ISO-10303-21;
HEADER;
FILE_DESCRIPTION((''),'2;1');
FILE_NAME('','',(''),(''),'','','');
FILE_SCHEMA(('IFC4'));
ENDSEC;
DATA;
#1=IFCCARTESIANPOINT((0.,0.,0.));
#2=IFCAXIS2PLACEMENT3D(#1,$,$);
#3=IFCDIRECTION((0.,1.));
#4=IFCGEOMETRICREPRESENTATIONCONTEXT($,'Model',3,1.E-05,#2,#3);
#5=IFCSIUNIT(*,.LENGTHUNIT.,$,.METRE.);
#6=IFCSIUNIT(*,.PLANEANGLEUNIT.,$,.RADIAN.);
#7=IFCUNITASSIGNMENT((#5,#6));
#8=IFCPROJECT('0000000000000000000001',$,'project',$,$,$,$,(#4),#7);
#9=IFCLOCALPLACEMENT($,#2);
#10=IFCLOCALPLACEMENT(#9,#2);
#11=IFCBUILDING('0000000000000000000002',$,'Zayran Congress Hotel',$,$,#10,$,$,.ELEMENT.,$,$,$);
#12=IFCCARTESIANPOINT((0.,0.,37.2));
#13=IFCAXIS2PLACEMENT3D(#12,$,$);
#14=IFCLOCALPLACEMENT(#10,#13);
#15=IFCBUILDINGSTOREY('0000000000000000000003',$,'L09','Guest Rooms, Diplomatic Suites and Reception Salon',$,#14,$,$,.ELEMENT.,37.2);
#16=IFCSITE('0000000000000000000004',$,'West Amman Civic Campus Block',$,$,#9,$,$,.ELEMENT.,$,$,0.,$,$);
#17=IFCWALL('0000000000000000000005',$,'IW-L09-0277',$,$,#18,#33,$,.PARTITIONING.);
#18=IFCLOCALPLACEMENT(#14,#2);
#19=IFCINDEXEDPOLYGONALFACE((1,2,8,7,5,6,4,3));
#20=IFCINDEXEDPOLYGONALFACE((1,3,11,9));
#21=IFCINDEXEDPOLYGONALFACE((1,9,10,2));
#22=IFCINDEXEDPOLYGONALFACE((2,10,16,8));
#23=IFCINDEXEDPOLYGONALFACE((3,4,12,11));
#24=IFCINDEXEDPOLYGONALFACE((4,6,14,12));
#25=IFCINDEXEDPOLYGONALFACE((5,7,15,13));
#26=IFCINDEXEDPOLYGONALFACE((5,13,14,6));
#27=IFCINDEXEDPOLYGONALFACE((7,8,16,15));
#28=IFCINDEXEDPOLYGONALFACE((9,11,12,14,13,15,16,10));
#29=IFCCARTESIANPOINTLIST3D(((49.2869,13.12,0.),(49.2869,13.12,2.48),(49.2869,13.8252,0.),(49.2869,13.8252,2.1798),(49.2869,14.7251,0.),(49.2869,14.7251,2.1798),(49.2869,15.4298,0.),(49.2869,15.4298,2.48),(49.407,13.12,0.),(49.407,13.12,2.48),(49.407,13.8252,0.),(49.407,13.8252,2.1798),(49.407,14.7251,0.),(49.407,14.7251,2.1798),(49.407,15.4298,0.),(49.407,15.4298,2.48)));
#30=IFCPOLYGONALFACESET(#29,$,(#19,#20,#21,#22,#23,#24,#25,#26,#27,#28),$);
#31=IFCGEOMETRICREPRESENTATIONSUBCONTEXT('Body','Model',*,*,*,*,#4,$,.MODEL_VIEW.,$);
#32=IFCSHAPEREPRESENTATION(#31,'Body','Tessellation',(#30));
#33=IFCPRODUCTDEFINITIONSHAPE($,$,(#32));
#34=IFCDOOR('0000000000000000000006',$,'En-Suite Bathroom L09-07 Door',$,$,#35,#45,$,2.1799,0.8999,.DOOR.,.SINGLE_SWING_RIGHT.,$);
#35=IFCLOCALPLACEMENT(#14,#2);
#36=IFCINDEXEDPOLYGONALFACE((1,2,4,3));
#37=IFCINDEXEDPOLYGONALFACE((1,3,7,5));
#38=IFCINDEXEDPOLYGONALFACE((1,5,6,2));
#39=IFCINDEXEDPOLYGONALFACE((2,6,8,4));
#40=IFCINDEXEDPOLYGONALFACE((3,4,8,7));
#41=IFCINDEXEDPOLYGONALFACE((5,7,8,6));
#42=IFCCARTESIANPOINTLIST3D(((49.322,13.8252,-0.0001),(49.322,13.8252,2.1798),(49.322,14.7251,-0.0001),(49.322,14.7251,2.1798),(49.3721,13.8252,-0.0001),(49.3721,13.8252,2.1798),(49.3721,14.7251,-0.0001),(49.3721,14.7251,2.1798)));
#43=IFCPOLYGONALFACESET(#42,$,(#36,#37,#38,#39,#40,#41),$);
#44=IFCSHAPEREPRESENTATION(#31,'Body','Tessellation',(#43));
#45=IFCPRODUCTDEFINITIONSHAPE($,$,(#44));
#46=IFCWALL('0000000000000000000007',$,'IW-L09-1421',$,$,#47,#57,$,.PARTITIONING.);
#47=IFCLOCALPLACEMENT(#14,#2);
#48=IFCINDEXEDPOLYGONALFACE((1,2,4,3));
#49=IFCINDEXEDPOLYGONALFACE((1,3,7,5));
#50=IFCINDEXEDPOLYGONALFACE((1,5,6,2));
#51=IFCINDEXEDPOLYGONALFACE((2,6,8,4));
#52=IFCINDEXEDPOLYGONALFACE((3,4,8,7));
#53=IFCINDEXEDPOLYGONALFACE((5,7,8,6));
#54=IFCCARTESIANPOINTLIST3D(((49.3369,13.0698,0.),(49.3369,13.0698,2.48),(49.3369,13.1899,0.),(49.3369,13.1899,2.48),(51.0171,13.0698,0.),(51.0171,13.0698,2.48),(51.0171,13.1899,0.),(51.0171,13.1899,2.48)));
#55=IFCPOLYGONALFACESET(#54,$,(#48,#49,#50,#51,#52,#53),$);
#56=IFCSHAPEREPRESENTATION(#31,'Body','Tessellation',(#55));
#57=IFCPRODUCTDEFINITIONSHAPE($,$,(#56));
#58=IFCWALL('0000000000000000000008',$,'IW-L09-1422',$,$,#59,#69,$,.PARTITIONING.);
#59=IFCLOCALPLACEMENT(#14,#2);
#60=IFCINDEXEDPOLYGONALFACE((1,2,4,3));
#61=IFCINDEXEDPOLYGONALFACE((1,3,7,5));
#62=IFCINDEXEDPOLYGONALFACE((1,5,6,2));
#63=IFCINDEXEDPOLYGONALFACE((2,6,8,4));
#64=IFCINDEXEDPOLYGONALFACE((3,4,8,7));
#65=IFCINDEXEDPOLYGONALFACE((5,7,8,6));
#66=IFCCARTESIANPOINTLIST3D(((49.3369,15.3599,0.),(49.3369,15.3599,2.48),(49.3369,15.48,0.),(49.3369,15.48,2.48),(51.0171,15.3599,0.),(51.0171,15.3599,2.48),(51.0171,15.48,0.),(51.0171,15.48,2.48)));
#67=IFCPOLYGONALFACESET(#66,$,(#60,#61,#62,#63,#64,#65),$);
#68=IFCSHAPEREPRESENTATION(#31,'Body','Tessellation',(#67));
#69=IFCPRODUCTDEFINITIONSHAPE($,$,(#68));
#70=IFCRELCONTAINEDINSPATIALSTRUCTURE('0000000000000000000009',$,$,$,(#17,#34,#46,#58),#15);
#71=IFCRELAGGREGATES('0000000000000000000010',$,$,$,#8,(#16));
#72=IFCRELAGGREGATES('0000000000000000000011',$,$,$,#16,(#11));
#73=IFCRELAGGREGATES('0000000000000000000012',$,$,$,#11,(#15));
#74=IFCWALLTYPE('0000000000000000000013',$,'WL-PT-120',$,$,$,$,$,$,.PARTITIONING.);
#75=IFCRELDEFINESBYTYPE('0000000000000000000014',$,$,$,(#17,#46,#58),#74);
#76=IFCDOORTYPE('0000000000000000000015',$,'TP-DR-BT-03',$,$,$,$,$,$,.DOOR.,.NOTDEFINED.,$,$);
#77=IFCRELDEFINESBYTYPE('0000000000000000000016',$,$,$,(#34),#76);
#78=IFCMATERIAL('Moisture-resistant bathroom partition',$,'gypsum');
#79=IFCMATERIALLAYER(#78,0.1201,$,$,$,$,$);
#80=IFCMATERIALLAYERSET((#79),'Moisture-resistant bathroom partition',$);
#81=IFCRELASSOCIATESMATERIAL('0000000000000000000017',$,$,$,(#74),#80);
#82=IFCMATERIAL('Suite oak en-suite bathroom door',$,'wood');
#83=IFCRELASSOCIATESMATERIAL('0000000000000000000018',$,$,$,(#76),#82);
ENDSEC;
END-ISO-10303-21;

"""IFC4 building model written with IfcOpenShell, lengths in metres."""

from ifc_helpers import new_model, si_unit, direction, frame, frame_2d, origin, place, context, subcontext, project, spatial, rectangle, extrude, material, layer, layer_set, type_object, element, fill, save


model = new_model("IFC4")

# Units and contexts
model_context = context("Model", 3, precision=1e-05, world=origin(), true_north=direction((0.0, 1.0)))
body_context = subcontext(model_context, "Body", "Model", "MODEL_VIEW")
ifc_project = project(units=[si_unit("LENGTHUNIT", "METRE"), si_unit("PLANEANGLEUNIT", "RADIAN")], contexts=[model_context])

# Site, building, storey
site_placement = place(None, origin())
site = spatial("IfcSite", under=ifc_project, at=site_placement, Name="West Amman Civic Campus Block", CompositionType="ELEMENT", RefElevation=0.0)
building_placement = place(site_placement, origin())
building = spatial("IfcBuilding", under=site, at=building_placement, Name="Zayran Congress Hotel", CompositionType="ELEMENT")
storey_placement = place(building_placement, frame((0.0, 0.0, 37.2)))
storey = spatial("IfcBuildingStorey", under=building, at=storey_placement, Name="L09", Description="Guest Rooms, Diplomatic Suites and Reception Salon", CompositionType="ELEMENT", Elevation=37.2)

# Wall, opening, door
ifc_material_1 = material(Name="Moisture-resistant bathroom partition", Category="gypsum")
ifc_layer_1 = layer(ifc_material_1, 0.1201)
ifc_layer_set_1 = layer_set([ifc_layer_1], Name="Moisture-resistant bathroom partition")
wall_type_1 = type_object("IfcWallType", Name="WL-PT-120", PredefinedType="PARTITIONING", material=ifc_layer_set_1)
wall_1_placement = place(storey_placement, frame((49.3469, 13.1201, 0.0), z_axis=(0.0, 0.0, 1.0), x_axis=(0.0, 1.0, 0.0)))
wall_1 = element("IfcWall", 1, at=wall_1_placement, inside=storey, type_object=wall_type_1, Name="IW-L09-0277", PredefinedType="PARTITIONING", context=body_context, shape_type="SweptSolid", body=[
    extrude(rectangle(XDim=2.3098, YDim=0.1201, at=frame_2d((1.1548, 0.0))), origin(), (0.0, 0.0, 1.0), 2.48),
])
opening_1_placement = place(wall_1_placement, frame((0.7051, 0.0, 0.0)))
opening_1 = element("IfcOpeningElement", 2, at=opening_1_placement, cuts=wall_1, PredefinedType="OPENING", context=body_context, shape_type="SweptSolid", body=[
    extrude(rectangle(XDim=0.8999, YDim=2.1799, at=frame_2d((0.45, 1.0898))), frame((0.0, 0.0701, 0.0), z_axis=(0.0, -1.0, 0.0), x_axis=(1.0, 0.0, 0.0)), (0.0, 0.0, 1.0), 0.1401),
])
ifc_material_2 = material(Name="Suite oak en-suite bathroom door", Category="wood")
door_type_1 = type_object("IfcDoorType", Name="TP-DR-BT-03", OperationType="NOTDEFINED", PredefinedType="DOOR", material=ifc_material_2)
door_1_placement = place(opening_1_placement, origin())
door_1 = element("IfcDoor", 3, at=door_1_placement, inside=storey, type_object=door_type_1, Name="En-Suite Bathroom L09-07 Door", OperationType="SINGLE_SWING_RIGHT", OverallHeight=2.1799, OverallWidth=0.8999, PredefinedType="DOOR", context=body_context, shape_type="SweptSolid", body=[
    extrude(rectangle(XDim=0.8999, YDim=2.1799, at=frame_2d((0.45, 1.0898))), frame((0.0, 0.0249, 0.0), z_axis=(0.0, -1.0, 0.0), x_axis=(1.0, 0.0, 0.0)), (0.0, 0.0, 1.0), 0.05),
])
fill(opening_1, door_1)

# Walls
for number, where, z_axis, x_axis, name in (
    (4, (49.3369, 13.1299, 0.0), (0.0, 0.0, 1.0), (1.0, 0.0, 0.0), "IW-L09-1421"),
    (5, (49.3369, 15.4199, 0.0), (0.0, 0.0, 1.0), (1.0, 0.0, 0.0), "IW-L09-1422"),
):
    element("IfcWall", number, at=place(storey_placement, frame(where, z_axis=z_axis, x_axis=x_axis)), inside=storey, type_object=wall_type_1, Name=name, PredefinedType="PARTITIONING", context=body_context, shape_type="SweptSolid", body=[
        extrude(rectangle(XDim=1.6802, YDim=0.1201, at=frame_2d((0.8401, 0.0))), origin(), (0.0, 0.0, 1.0), 2.48),
    ])

save(model, "model.ifc")
